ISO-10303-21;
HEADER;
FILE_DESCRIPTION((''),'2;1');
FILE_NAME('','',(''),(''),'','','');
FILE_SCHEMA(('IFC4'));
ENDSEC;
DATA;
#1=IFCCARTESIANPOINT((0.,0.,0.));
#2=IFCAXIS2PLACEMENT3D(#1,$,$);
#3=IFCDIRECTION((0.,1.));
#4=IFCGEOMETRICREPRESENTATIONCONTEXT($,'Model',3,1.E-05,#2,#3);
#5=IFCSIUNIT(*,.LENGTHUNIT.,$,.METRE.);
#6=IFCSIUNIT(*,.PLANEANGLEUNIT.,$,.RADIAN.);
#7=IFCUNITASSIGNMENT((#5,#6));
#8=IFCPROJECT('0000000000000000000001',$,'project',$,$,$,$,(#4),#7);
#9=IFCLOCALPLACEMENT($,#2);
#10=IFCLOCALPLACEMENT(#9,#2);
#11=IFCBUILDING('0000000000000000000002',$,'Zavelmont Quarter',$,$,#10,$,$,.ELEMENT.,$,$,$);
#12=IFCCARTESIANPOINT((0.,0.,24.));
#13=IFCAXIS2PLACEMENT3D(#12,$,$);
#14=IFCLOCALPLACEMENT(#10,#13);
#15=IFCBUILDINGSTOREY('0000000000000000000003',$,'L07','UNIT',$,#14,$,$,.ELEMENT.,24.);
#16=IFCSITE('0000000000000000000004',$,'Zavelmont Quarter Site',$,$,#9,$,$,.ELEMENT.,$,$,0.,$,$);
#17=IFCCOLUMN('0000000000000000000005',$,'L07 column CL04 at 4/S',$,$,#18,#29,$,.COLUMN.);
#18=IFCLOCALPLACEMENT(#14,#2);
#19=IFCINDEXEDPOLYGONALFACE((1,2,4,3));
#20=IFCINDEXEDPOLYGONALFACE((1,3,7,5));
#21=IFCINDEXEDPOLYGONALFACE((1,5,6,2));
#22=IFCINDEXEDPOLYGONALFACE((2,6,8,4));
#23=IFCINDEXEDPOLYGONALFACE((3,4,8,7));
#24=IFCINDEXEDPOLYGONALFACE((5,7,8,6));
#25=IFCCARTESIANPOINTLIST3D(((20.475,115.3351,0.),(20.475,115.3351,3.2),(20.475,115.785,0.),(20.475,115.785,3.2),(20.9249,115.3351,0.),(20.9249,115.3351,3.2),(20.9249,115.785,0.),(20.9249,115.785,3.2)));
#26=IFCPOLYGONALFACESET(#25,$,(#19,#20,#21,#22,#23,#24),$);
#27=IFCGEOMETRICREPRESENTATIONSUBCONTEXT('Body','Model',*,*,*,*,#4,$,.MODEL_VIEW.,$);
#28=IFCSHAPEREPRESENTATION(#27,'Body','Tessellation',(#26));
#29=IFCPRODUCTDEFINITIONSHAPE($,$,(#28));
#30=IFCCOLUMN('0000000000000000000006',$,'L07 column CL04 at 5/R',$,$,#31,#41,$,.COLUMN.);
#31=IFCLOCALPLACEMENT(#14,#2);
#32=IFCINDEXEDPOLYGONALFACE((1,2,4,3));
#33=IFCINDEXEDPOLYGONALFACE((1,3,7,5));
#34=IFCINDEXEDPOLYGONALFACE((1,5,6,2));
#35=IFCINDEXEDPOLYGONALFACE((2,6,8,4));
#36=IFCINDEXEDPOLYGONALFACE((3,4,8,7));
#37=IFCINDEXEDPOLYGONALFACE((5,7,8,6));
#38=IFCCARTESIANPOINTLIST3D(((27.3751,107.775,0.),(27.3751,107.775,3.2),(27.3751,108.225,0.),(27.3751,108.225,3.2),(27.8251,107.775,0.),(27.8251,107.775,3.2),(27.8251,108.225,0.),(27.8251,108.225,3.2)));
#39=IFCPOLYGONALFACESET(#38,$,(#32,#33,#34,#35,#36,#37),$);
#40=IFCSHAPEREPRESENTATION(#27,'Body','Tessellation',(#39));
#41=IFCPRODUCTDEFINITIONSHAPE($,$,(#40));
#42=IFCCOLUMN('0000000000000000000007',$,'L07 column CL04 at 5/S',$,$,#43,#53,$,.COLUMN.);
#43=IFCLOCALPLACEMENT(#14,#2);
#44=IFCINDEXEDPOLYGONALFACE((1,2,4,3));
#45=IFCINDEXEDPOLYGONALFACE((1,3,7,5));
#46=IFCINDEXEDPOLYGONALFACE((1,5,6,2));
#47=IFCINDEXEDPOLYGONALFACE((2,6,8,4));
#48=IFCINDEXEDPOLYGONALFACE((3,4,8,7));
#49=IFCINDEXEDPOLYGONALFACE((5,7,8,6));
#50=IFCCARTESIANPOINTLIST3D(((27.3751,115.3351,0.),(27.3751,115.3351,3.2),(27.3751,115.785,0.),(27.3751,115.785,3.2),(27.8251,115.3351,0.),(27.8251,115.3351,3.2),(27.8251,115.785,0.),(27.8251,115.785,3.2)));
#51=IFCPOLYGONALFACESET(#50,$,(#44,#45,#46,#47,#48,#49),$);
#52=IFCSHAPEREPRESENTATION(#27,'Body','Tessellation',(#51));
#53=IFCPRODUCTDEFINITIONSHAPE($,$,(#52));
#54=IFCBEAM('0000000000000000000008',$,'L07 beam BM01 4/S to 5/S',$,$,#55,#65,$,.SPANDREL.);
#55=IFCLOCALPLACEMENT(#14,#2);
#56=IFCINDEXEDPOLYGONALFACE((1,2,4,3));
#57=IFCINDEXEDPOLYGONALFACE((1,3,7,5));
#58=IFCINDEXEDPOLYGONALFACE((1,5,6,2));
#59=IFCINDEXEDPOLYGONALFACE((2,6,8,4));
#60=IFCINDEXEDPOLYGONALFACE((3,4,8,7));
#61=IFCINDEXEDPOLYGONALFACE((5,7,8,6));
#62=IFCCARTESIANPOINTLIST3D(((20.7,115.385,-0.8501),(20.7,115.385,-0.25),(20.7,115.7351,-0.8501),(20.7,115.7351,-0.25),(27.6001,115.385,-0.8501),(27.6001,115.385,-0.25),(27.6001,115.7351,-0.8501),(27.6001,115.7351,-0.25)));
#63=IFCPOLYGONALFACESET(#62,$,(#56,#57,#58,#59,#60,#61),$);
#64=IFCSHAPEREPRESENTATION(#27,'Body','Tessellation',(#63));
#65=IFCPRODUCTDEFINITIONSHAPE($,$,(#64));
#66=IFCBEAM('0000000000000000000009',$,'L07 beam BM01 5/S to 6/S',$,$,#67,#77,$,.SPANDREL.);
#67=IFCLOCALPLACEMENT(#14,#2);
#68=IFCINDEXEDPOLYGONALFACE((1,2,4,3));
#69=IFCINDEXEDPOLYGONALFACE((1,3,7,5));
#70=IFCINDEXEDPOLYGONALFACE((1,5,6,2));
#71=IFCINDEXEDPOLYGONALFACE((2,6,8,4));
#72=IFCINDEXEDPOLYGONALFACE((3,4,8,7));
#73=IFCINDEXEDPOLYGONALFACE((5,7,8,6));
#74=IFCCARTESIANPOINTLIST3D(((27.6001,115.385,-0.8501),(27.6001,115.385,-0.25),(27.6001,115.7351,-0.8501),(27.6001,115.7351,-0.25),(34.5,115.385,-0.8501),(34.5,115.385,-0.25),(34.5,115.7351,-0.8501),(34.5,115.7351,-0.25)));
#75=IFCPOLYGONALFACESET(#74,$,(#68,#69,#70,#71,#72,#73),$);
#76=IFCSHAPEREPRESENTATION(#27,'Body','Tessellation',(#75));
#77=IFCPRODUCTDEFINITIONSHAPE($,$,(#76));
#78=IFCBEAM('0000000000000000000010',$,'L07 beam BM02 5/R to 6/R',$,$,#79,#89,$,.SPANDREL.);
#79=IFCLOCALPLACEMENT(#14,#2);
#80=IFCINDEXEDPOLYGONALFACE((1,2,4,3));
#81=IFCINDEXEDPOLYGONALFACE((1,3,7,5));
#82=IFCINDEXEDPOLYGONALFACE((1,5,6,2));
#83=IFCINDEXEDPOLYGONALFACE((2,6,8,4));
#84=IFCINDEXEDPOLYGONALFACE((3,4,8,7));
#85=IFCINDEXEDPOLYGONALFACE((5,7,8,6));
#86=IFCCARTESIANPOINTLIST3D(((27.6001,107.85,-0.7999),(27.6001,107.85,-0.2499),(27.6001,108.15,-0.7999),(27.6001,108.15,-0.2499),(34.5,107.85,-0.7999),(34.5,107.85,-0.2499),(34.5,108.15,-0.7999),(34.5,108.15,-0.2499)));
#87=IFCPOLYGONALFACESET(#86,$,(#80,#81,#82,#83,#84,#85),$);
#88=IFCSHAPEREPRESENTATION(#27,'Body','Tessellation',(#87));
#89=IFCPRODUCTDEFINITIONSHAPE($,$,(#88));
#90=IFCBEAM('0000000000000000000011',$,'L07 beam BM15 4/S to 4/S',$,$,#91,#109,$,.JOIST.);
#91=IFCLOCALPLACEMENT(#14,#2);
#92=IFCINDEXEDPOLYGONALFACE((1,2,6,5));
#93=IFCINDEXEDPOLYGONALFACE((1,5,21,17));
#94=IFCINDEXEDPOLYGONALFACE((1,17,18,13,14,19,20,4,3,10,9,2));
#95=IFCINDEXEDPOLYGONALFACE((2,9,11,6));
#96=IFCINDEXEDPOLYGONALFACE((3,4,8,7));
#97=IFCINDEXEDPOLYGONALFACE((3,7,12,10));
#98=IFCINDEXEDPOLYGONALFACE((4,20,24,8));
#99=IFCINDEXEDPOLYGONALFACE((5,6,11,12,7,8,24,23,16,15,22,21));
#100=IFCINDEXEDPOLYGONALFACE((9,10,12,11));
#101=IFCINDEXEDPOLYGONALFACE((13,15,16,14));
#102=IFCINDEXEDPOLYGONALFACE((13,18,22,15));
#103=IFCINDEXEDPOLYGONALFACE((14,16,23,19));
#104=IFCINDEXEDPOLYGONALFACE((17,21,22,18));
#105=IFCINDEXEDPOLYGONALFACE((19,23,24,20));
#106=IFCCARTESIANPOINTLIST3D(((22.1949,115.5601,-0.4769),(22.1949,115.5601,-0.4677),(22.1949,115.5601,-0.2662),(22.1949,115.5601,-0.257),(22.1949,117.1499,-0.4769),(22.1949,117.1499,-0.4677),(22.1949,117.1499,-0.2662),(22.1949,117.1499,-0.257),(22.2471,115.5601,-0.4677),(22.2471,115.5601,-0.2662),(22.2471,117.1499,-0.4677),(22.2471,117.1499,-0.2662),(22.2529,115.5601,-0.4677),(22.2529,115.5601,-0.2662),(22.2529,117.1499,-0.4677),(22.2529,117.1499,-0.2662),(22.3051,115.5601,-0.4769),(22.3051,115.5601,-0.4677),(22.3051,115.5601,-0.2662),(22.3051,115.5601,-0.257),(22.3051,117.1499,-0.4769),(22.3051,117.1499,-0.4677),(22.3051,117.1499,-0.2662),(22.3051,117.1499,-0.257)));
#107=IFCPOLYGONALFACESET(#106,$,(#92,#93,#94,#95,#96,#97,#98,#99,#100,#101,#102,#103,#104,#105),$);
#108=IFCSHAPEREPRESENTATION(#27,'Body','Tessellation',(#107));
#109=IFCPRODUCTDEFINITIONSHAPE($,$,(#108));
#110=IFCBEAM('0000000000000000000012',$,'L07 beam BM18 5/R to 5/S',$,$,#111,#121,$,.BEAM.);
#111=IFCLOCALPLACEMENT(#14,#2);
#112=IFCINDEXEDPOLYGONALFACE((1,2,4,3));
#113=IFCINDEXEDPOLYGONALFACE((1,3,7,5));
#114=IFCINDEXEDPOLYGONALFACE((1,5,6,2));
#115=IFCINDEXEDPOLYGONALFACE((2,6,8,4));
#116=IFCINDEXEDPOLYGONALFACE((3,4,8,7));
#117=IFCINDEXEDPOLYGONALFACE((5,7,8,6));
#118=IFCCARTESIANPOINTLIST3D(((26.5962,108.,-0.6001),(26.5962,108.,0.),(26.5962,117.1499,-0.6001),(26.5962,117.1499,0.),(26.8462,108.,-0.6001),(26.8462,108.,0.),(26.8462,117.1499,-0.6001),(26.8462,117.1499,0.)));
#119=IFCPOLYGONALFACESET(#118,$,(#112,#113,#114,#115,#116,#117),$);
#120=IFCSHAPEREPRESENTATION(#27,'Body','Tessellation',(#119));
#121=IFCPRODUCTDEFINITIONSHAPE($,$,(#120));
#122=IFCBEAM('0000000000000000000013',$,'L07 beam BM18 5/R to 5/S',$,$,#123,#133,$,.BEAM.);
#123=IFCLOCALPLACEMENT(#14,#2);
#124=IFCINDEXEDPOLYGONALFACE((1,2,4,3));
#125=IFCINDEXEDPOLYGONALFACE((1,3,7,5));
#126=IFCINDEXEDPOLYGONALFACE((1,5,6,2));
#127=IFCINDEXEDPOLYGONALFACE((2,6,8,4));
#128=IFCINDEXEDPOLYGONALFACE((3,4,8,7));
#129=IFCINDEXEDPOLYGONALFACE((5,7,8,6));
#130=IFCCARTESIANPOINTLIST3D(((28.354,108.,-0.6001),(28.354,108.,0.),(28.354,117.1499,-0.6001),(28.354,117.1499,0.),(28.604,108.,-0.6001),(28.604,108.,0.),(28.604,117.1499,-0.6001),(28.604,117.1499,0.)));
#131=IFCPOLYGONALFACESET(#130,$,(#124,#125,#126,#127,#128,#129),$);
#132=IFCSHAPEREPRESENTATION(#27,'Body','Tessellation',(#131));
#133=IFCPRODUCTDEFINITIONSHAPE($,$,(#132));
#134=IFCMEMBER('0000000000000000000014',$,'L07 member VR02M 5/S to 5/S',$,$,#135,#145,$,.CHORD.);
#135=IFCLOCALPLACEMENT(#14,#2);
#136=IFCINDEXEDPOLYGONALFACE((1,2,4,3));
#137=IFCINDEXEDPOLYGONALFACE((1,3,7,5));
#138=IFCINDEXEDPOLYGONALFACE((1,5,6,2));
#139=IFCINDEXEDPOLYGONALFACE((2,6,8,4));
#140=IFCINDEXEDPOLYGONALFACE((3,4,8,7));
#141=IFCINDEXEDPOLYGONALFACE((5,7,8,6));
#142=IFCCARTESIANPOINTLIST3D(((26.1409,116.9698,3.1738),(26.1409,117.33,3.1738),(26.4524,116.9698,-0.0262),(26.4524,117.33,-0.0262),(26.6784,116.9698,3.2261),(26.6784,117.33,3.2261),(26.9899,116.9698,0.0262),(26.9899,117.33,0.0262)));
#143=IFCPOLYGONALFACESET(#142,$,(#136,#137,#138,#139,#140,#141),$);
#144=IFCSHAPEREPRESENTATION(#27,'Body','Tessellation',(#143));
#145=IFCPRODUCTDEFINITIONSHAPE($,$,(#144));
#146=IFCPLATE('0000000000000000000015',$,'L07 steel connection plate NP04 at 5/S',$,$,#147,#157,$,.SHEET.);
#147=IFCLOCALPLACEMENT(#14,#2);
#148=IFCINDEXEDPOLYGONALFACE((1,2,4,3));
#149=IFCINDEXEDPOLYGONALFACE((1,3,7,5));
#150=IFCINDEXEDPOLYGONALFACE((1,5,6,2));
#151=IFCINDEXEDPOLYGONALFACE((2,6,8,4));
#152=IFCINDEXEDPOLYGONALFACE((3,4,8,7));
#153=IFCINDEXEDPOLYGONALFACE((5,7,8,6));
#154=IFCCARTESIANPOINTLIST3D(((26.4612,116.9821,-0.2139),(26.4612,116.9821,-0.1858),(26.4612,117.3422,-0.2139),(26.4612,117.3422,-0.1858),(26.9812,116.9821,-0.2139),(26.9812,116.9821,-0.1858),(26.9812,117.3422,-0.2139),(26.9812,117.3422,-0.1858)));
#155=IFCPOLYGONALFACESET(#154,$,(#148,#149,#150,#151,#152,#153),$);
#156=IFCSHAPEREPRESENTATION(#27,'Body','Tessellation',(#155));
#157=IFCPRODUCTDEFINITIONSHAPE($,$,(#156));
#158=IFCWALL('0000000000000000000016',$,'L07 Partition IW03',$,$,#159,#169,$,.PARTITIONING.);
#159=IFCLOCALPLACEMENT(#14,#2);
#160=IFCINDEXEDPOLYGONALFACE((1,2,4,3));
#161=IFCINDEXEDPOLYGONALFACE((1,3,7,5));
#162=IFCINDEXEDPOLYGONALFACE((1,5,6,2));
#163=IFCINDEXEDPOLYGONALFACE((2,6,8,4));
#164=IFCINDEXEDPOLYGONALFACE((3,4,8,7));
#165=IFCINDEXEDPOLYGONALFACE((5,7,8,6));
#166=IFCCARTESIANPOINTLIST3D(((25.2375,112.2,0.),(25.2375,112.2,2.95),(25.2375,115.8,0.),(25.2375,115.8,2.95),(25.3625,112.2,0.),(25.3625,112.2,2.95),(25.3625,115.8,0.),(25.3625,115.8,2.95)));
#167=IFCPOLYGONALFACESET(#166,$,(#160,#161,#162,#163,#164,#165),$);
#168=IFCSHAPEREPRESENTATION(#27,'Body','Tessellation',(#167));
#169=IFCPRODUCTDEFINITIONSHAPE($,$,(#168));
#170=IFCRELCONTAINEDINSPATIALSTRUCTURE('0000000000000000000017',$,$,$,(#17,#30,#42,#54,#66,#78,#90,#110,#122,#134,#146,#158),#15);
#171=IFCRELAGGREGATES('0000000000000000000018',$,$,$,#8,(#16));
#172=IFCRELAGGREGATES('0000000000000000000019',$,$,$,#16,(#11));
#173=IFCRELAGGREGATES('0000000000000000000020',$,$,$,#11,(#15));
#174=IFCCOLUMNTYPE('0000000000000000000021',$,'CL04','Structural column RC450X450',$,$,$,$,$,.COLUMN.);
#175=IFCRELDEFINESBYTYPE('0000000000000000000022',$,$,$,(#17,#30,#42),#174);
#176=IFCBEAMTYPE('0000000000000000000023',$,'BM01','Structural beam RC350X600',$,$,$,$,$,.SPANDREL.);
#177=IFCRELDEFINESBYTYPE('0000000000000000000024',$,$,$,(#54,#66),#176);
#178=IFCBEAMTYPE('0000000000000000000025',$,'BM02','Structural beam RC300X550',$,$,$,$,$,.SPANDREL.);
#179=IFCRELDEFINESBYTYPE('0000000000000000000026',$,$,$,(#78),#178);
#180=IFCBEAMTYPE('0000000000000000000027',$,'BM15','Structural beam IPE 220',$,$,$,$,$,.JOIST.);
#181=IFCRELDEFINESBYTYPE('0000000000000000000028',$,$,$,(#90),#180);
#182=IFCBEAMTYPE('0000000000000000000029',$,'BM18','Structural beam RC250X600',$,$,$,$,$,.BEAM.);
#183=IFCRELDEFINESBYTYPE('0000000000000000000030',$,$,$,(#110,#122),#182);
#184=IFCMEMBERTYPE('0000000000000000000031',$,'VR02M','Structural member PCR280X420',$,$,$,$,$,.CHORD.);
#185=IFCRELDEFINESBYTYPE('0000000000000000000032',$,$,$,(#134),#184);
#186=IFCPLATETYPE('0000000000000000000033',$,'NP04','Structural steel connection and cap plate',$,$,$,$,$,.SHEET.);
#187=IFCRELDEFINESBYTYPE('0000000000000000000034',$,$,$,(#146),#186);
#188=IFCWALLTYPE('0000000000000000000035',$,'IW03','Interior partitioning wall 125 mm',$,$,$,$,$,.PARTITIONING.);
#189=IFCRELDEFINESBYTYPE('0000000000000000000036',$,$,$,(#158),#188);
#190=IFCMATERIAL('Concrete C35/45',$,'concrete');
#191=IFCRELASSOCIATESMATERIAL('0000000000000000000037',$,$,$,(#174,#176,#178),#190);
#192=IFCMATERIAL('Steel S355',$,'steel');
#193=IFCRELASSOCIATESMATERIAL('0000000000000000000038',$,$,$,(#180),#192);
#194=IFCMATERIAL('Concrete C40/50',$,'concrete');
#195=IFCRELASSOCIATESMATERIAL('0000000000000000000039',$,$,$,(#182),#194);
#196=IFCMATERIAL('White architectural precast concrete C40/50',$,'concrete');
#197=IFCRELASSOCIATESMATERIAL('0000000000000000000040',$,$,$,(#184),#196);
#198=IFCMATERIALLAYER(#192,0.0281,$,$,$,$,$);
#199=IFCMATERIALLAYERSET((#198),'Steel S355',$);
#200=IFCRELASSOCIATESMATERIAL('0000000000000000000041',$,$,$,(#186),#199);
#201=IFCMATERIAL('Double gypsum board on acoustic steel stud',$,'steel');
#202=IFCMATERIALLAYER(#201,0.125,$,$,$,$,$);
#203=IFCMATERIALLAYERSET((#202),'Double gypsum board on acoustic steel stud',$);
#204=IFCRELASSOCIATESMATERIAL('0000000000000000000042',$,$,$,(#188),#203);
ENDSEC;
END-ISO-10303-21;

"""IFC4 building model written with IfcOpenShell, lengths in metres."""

from ifc_helpers import new_model, si_unit, direction, frame, frame_2d, origin, origin_2d, place, context, subcontext, project, spatial, rectangle, i_section, extrude, material, layer, layer_set, material_profile, profile_set, type_object, element, save


model = new_model("IFC4")

# Units and contexts
model_context = context("Model", 3, precision=1e-05, world=origin(), true_north=direction((0.0, 1.0)))
body_context = subcontext(model_context, "Body", "Model", "MODEL_VIEW")
ifc_project = project(units=[si_unit("LENGTHUNIT", "METRE"), si_unit("PLANEANGLEUNIT", "RADIAN")], contexts=[model_context])

# Site, building, storey
site_placement = place(None, origin())
site = spatial("IfcSite", under=ifc_project, at=site_placement, Name="Zavelmont Quarter Site", CompositionType="ELEMENT", RefElevation=0.0)
building_placement = place(site_placement, origin())
building = spatial("IfcBuilding", under=site, at=building_placement, Name="Zavelmont Quarter", CompositionType="ELEMENT")
storey_placement = place(building_placement, frame((0.0, 0.0, 24.0)))
storey = spatial("IfcBuildingStorey", under=building, at=storey_placement, Name="L07", Description="UNIT", CompositionType="ELEMENT", Elevation=24.0)

# Columns
ifc_material_1 = material(Name="Concrete C35/45", Category="concrete")
ifc_material_profile_1 = material_profile(ifc_material_1, rectangle(XDim=0.45, YDim=0.45, at=origin_2d()), Name="RC450X450")
ifc_profile_set_1 = profile_set([ifc_material_profile_1], Name="Concrete C35/45")
column_type = type_object("IfcColumnType", Name="CL04", Description="Structural column RC450X450", PredefinedType="COLUMN", material=ifc_profile_set_1)
for number, where, z_axis, x_axis, name in (
    (1, (20.7, 115.5601, 0.0), (0.0, 0.0, 1.0), (1.0, 0.0, 0.0), "L07 column CL04 at 4/S"),
    (2, (27.6001, 108.0, 0.0), (0.0, 0.0, 1.0), (1.0, 0.0, 0.0), "L07 column CL04 at 5/R"),
    (3, (27.6001, 115.5601, 0.0), (0.0, 0.0, 1.0), (1.0, 0.0, 0.0), "L07 column CL04 at 5/S"),
):
    element("IfcColumn", number, at=place(storey_placement, frame(where, z_axis=z_axis, x_axis=x_axis)), inside=storey, type_object=column_type, Name=name, PredefinedType="COLUMN", context=body_context, shape_type="SweptSolid", body=[
        extrude(rectangle(XDim=0.45, YDim=0.45, at=origin_2d()), origin(), (0.0, 0.0, 1.0), 3.2),
    ])

# Beams
ifc_material_profile_2 = material_profile(ifc_material_1, rectangle(XDim=0.3501, YDim=0.6001, at=origin_2d()), Name="RC350X600")
ifc_profile_set_2 = profile_set([ifc_material_profile_2], Name="Concrete C35/45")
beam_type_1 = type_object("IfcBeamType", Name="BM01", Description="Structural beam RC350X600", PredefinedType="SPANDREL", material=ifc_profile_set_2)
beam_1_placement = place(storey_placement, frame((20.7, 115.5601, -0.55), z_axis=(1.0, 0.0, 0.0), x_axis=(0.0, 1.0, 0.0)))
element("IfcBeam", 4, at=beam_1_placement, inside=storey, type_object=beam_type_1, Name="L07 beam BM01 4/S to 5/S", PredefinedType="SPANDREL", context=body_context, shape_type="SweptSolid", body=[
    extrude(rectangle(XDim=0.3501, YDim=0.6001, at=origin_2d()), origin(), (0.0, 0.0, 1.0), 6.9001),
])
beam_2_placement = place(storey_placement, frame((27.6001, 115.5601, -0.55), z_axis=(1.0, 0.0, 0.0), x_axis=(0.0, 1.0, 0.0)))
element("IfcBeam", 5, at=beam_2_placement, inside=storey, type_object=beam_type_1, Name="L07 beam BM01 5/S to 6/S", PredefinedType="SPANDREL", context=body_context, shape_type="SweptSolid", body=[
    extrude(rectangle(XDim=0.3501, YDim=0.6001, at=origin_2d()), origin(), (0.0, 0.0, 1.0), 6.8999),
])
ifc_material_profile_3 = material_profile(ifc_material_1, rectangle(XDim=0.3, YDim=0.55, at=origin_2d()), Name="RC300X550")
ifc_profile_set_3 = profile_set([ifc_material_profile_3], Name="Concrete C35/45")
beam_type_2 = type_object("IfcBeamType", Name="BM02", Description="Structural beam RC300X550", PredefinedType="SPANDREL", material=ifc_profile_set_3)
beam_3_placement = place(storey_placement, frame((27.6001, 108.0, -0.5249), z_axis=(1.0, 0.0, 0.0), x_axis=(0.0, 1.0, 0.0)))
element("IfcBeam", 6, at=beam_3_placement, inside=storey, type_object=beam_type_2, Name="L07 beam BM02 5/R to 6/R", PredefinedType="SPANDREL", context=body_context, shape_type="SweptSolid", body=[
    extrude(rectangle(XDim=0.3, YDim=0.55, at=origin_2d()), origin(), (0.0, 0.0, 1.0), 6.8999),
])
ifc_material_2 = material(Name="Steel S355", Category="steel")
ifc_material_profile_4 = material_profile(ifc_material_2, i_section(OverallWidth=0.1101, OverallDepth=0.22, WebThickness=0.0059, FlangeThickness=0.0093, at=origin_2d()), Name="IPE 220")
ifc_profile_set_4 = profile_set([ifc_material_profile_4], Name="Steel S355")
beam_type_3 = type_object("IfcBeamType", Name="BM15", Description="Structural beam IPE 220", PredefinedType="JOIST", material=ifc_profile_set_4)
beam_4_placement = place(storey_placement, frame((22.25, 115.5601, -0.3669), z_axis=(0.0, 1.0, 0.0), x_axis=(-1.0, 0.0, 0.0)))
element("IfcBeam", 7, at=beam_4_placement, inside=storey, type_object=beam_type_3, Name="L07 beam BM15 4/S to 4/S", PredefinedType="JOIST", context=body_context, shape_type="SweptSolid", body=[
    extrude(i_section(OverallWidth=0.1101, OverallDepth=0.22, WebThickness=0.0059, FlangeThickness=0.0093, at=origin_2d()), origin(), (0.0, 0.0, 1.0), 1.5898),
])
ifc_material_3 = material(Name="Concrete C40/50", Category="concrete")
ifc_material_profile_5 = material_profile(ifc_material_3, rectangle(XDim=0.25, YDim=0.6001, at=origin_2d()), Name="RC250X600")
ifc_profile_set_5 = profile_set([ifc_material_profile_5], Name="Concrete C40/50")
beam_type_4 = type_object("IfcBeamType", Name="BM18", Description="Structural beam RC250X600", PredefinedType="BEAM", material=ifc_profile_set_5)
for number, where, z_axis, x_axis, name in (
    (8, (26.7212, 108.0, -0.3), (0.0, 1.0, 0.0), (-1.0, 0.0, 0.0), "L07 beam BM18 5/R to 5/S"),
    (9, (28.479, 108.0, -0.3), (0.0, 1.0, 0.0), (-1.0, 0.0, 0.0), "L07 beam BM18 5/R to 5/S"),
):
    element("IfcBeam", number, at=place(storey_placement, frame(where, z_axis=z_axis, x_axis=x_axis)), inside=storey, type_object=beam_type_4, Name=name, PredefinedType="BEAM", context=body_context, shape_type="SweptSolid", body=[
        extrude(rectangle(XDim=0.25, YDim=0.6001, at=origin_2d()), origin(), (0.0, 0.0, 1.0), 9.1499),
    ])

# Member
ifc_material_4 = material(Name="White architectural precast concrete C40/50", Category="concrete")
ifc_material_profile_6 = material_profile(ifc_material_4, rectangle(XDim=0.3601, YDim=0.54, at=origin_2d()), Name="PCR280X420")
ifc_profile_set_6 = profile_set([ifc_material_profile_6], Name="White architectural precast concrete C40/50")
member_type = type_object("IfcMemberType", Name="VR02M", Description="Structural member PCR280X420", PredefinedType="CHORD", material=ifc_profile_set_6)
member_placement = place(storey_placement, frame((26.7212, 117.1499, 0.0), z_axis=(-0.096894, 0.0, 0.995295), x_axis=(0.0, -1.0, 0.0)))
element("IfcMember", 10, at=member_placement, inside=storey, type_object=member_type, Name="L07 member VR02M 5/S to 5/S", PredefinedType="CHORD", context=body_context, shape_type="SweptSolid", body=[
    extrude(rectangle(XDim=0.3601, YDim=0.54, at=origin_2d()), origin(), (0.0, 0.0, 1.0), 3.2151),
])

# Plate
ifc_layer_1 = layer(ifc_material_2, 0.0281)
ifc_layer_set_1 = layer_set([ifc_layer_1], Name="Steel S355")
plate_type = type_object("IfcPlateType", Name="NP04", Description="Structural steel connection and cap plate", PredefinedType="SHEET", material=ifc_layer_set_1)
plate_placement = place(storey_placement, frame((26.7212, 117.1621, -0.2139), z_axis=(0.0, 0.0, 1.0), x_axis=(1.0, 0.0, 0.0)))
element("IfcPlate", 11, at=plate_placement, inside=storey, type_object=plate_type, Name="L07 steel connection plate NP04 at 5/S", PredefinedType="SHEET", context=body_context, shape_type="SweptSolid", body=[
    extrude(rectangle(XDim=0.52, YDim=0.3601, at=origin_2d()), origin(), (0.0, 0.0, 1.0), 0.0281),
])

# Wall
ifc_material_5 = material(Name="Double gypsum board on acoustic steel stud", Category="steel")
ifc_layer_2 = layer(ifc_material_5, 0.125)
ifc_layer_set_2 = layer_set([ifc_layer_2], Name="Double gypsum board on acoustic steel stud")
wall_type_1 = type_object("IfcWallType", Name="IW03", Description="Interior partitioning wall 125 mm", PredefinedType="PARTITIONING", material=ifc_layer_set_2)
wall_1_placement = place(storey_placement, frame((25.3, 112.2, 0.0), z_axis=(0.0, 0.0, 1.0), x_axis=(0.0, 1.0, 0.0)))
element("IfcWall", 12, at=wall_1_placement, inside=storey, type_object=wall_type_1, Name="L07 Partition IW03", PredefinedType="PARTITIONING", context=body_context, shape_type="SweptSolid", body=[
    extrude(rectangle(XDim=3.6001, YDim=0.125, at=frame_2d((1.8, 0.0))), origin(), (0.0, 0.0, 1.0), 2.95),
])

save(model, "model.ifc")
